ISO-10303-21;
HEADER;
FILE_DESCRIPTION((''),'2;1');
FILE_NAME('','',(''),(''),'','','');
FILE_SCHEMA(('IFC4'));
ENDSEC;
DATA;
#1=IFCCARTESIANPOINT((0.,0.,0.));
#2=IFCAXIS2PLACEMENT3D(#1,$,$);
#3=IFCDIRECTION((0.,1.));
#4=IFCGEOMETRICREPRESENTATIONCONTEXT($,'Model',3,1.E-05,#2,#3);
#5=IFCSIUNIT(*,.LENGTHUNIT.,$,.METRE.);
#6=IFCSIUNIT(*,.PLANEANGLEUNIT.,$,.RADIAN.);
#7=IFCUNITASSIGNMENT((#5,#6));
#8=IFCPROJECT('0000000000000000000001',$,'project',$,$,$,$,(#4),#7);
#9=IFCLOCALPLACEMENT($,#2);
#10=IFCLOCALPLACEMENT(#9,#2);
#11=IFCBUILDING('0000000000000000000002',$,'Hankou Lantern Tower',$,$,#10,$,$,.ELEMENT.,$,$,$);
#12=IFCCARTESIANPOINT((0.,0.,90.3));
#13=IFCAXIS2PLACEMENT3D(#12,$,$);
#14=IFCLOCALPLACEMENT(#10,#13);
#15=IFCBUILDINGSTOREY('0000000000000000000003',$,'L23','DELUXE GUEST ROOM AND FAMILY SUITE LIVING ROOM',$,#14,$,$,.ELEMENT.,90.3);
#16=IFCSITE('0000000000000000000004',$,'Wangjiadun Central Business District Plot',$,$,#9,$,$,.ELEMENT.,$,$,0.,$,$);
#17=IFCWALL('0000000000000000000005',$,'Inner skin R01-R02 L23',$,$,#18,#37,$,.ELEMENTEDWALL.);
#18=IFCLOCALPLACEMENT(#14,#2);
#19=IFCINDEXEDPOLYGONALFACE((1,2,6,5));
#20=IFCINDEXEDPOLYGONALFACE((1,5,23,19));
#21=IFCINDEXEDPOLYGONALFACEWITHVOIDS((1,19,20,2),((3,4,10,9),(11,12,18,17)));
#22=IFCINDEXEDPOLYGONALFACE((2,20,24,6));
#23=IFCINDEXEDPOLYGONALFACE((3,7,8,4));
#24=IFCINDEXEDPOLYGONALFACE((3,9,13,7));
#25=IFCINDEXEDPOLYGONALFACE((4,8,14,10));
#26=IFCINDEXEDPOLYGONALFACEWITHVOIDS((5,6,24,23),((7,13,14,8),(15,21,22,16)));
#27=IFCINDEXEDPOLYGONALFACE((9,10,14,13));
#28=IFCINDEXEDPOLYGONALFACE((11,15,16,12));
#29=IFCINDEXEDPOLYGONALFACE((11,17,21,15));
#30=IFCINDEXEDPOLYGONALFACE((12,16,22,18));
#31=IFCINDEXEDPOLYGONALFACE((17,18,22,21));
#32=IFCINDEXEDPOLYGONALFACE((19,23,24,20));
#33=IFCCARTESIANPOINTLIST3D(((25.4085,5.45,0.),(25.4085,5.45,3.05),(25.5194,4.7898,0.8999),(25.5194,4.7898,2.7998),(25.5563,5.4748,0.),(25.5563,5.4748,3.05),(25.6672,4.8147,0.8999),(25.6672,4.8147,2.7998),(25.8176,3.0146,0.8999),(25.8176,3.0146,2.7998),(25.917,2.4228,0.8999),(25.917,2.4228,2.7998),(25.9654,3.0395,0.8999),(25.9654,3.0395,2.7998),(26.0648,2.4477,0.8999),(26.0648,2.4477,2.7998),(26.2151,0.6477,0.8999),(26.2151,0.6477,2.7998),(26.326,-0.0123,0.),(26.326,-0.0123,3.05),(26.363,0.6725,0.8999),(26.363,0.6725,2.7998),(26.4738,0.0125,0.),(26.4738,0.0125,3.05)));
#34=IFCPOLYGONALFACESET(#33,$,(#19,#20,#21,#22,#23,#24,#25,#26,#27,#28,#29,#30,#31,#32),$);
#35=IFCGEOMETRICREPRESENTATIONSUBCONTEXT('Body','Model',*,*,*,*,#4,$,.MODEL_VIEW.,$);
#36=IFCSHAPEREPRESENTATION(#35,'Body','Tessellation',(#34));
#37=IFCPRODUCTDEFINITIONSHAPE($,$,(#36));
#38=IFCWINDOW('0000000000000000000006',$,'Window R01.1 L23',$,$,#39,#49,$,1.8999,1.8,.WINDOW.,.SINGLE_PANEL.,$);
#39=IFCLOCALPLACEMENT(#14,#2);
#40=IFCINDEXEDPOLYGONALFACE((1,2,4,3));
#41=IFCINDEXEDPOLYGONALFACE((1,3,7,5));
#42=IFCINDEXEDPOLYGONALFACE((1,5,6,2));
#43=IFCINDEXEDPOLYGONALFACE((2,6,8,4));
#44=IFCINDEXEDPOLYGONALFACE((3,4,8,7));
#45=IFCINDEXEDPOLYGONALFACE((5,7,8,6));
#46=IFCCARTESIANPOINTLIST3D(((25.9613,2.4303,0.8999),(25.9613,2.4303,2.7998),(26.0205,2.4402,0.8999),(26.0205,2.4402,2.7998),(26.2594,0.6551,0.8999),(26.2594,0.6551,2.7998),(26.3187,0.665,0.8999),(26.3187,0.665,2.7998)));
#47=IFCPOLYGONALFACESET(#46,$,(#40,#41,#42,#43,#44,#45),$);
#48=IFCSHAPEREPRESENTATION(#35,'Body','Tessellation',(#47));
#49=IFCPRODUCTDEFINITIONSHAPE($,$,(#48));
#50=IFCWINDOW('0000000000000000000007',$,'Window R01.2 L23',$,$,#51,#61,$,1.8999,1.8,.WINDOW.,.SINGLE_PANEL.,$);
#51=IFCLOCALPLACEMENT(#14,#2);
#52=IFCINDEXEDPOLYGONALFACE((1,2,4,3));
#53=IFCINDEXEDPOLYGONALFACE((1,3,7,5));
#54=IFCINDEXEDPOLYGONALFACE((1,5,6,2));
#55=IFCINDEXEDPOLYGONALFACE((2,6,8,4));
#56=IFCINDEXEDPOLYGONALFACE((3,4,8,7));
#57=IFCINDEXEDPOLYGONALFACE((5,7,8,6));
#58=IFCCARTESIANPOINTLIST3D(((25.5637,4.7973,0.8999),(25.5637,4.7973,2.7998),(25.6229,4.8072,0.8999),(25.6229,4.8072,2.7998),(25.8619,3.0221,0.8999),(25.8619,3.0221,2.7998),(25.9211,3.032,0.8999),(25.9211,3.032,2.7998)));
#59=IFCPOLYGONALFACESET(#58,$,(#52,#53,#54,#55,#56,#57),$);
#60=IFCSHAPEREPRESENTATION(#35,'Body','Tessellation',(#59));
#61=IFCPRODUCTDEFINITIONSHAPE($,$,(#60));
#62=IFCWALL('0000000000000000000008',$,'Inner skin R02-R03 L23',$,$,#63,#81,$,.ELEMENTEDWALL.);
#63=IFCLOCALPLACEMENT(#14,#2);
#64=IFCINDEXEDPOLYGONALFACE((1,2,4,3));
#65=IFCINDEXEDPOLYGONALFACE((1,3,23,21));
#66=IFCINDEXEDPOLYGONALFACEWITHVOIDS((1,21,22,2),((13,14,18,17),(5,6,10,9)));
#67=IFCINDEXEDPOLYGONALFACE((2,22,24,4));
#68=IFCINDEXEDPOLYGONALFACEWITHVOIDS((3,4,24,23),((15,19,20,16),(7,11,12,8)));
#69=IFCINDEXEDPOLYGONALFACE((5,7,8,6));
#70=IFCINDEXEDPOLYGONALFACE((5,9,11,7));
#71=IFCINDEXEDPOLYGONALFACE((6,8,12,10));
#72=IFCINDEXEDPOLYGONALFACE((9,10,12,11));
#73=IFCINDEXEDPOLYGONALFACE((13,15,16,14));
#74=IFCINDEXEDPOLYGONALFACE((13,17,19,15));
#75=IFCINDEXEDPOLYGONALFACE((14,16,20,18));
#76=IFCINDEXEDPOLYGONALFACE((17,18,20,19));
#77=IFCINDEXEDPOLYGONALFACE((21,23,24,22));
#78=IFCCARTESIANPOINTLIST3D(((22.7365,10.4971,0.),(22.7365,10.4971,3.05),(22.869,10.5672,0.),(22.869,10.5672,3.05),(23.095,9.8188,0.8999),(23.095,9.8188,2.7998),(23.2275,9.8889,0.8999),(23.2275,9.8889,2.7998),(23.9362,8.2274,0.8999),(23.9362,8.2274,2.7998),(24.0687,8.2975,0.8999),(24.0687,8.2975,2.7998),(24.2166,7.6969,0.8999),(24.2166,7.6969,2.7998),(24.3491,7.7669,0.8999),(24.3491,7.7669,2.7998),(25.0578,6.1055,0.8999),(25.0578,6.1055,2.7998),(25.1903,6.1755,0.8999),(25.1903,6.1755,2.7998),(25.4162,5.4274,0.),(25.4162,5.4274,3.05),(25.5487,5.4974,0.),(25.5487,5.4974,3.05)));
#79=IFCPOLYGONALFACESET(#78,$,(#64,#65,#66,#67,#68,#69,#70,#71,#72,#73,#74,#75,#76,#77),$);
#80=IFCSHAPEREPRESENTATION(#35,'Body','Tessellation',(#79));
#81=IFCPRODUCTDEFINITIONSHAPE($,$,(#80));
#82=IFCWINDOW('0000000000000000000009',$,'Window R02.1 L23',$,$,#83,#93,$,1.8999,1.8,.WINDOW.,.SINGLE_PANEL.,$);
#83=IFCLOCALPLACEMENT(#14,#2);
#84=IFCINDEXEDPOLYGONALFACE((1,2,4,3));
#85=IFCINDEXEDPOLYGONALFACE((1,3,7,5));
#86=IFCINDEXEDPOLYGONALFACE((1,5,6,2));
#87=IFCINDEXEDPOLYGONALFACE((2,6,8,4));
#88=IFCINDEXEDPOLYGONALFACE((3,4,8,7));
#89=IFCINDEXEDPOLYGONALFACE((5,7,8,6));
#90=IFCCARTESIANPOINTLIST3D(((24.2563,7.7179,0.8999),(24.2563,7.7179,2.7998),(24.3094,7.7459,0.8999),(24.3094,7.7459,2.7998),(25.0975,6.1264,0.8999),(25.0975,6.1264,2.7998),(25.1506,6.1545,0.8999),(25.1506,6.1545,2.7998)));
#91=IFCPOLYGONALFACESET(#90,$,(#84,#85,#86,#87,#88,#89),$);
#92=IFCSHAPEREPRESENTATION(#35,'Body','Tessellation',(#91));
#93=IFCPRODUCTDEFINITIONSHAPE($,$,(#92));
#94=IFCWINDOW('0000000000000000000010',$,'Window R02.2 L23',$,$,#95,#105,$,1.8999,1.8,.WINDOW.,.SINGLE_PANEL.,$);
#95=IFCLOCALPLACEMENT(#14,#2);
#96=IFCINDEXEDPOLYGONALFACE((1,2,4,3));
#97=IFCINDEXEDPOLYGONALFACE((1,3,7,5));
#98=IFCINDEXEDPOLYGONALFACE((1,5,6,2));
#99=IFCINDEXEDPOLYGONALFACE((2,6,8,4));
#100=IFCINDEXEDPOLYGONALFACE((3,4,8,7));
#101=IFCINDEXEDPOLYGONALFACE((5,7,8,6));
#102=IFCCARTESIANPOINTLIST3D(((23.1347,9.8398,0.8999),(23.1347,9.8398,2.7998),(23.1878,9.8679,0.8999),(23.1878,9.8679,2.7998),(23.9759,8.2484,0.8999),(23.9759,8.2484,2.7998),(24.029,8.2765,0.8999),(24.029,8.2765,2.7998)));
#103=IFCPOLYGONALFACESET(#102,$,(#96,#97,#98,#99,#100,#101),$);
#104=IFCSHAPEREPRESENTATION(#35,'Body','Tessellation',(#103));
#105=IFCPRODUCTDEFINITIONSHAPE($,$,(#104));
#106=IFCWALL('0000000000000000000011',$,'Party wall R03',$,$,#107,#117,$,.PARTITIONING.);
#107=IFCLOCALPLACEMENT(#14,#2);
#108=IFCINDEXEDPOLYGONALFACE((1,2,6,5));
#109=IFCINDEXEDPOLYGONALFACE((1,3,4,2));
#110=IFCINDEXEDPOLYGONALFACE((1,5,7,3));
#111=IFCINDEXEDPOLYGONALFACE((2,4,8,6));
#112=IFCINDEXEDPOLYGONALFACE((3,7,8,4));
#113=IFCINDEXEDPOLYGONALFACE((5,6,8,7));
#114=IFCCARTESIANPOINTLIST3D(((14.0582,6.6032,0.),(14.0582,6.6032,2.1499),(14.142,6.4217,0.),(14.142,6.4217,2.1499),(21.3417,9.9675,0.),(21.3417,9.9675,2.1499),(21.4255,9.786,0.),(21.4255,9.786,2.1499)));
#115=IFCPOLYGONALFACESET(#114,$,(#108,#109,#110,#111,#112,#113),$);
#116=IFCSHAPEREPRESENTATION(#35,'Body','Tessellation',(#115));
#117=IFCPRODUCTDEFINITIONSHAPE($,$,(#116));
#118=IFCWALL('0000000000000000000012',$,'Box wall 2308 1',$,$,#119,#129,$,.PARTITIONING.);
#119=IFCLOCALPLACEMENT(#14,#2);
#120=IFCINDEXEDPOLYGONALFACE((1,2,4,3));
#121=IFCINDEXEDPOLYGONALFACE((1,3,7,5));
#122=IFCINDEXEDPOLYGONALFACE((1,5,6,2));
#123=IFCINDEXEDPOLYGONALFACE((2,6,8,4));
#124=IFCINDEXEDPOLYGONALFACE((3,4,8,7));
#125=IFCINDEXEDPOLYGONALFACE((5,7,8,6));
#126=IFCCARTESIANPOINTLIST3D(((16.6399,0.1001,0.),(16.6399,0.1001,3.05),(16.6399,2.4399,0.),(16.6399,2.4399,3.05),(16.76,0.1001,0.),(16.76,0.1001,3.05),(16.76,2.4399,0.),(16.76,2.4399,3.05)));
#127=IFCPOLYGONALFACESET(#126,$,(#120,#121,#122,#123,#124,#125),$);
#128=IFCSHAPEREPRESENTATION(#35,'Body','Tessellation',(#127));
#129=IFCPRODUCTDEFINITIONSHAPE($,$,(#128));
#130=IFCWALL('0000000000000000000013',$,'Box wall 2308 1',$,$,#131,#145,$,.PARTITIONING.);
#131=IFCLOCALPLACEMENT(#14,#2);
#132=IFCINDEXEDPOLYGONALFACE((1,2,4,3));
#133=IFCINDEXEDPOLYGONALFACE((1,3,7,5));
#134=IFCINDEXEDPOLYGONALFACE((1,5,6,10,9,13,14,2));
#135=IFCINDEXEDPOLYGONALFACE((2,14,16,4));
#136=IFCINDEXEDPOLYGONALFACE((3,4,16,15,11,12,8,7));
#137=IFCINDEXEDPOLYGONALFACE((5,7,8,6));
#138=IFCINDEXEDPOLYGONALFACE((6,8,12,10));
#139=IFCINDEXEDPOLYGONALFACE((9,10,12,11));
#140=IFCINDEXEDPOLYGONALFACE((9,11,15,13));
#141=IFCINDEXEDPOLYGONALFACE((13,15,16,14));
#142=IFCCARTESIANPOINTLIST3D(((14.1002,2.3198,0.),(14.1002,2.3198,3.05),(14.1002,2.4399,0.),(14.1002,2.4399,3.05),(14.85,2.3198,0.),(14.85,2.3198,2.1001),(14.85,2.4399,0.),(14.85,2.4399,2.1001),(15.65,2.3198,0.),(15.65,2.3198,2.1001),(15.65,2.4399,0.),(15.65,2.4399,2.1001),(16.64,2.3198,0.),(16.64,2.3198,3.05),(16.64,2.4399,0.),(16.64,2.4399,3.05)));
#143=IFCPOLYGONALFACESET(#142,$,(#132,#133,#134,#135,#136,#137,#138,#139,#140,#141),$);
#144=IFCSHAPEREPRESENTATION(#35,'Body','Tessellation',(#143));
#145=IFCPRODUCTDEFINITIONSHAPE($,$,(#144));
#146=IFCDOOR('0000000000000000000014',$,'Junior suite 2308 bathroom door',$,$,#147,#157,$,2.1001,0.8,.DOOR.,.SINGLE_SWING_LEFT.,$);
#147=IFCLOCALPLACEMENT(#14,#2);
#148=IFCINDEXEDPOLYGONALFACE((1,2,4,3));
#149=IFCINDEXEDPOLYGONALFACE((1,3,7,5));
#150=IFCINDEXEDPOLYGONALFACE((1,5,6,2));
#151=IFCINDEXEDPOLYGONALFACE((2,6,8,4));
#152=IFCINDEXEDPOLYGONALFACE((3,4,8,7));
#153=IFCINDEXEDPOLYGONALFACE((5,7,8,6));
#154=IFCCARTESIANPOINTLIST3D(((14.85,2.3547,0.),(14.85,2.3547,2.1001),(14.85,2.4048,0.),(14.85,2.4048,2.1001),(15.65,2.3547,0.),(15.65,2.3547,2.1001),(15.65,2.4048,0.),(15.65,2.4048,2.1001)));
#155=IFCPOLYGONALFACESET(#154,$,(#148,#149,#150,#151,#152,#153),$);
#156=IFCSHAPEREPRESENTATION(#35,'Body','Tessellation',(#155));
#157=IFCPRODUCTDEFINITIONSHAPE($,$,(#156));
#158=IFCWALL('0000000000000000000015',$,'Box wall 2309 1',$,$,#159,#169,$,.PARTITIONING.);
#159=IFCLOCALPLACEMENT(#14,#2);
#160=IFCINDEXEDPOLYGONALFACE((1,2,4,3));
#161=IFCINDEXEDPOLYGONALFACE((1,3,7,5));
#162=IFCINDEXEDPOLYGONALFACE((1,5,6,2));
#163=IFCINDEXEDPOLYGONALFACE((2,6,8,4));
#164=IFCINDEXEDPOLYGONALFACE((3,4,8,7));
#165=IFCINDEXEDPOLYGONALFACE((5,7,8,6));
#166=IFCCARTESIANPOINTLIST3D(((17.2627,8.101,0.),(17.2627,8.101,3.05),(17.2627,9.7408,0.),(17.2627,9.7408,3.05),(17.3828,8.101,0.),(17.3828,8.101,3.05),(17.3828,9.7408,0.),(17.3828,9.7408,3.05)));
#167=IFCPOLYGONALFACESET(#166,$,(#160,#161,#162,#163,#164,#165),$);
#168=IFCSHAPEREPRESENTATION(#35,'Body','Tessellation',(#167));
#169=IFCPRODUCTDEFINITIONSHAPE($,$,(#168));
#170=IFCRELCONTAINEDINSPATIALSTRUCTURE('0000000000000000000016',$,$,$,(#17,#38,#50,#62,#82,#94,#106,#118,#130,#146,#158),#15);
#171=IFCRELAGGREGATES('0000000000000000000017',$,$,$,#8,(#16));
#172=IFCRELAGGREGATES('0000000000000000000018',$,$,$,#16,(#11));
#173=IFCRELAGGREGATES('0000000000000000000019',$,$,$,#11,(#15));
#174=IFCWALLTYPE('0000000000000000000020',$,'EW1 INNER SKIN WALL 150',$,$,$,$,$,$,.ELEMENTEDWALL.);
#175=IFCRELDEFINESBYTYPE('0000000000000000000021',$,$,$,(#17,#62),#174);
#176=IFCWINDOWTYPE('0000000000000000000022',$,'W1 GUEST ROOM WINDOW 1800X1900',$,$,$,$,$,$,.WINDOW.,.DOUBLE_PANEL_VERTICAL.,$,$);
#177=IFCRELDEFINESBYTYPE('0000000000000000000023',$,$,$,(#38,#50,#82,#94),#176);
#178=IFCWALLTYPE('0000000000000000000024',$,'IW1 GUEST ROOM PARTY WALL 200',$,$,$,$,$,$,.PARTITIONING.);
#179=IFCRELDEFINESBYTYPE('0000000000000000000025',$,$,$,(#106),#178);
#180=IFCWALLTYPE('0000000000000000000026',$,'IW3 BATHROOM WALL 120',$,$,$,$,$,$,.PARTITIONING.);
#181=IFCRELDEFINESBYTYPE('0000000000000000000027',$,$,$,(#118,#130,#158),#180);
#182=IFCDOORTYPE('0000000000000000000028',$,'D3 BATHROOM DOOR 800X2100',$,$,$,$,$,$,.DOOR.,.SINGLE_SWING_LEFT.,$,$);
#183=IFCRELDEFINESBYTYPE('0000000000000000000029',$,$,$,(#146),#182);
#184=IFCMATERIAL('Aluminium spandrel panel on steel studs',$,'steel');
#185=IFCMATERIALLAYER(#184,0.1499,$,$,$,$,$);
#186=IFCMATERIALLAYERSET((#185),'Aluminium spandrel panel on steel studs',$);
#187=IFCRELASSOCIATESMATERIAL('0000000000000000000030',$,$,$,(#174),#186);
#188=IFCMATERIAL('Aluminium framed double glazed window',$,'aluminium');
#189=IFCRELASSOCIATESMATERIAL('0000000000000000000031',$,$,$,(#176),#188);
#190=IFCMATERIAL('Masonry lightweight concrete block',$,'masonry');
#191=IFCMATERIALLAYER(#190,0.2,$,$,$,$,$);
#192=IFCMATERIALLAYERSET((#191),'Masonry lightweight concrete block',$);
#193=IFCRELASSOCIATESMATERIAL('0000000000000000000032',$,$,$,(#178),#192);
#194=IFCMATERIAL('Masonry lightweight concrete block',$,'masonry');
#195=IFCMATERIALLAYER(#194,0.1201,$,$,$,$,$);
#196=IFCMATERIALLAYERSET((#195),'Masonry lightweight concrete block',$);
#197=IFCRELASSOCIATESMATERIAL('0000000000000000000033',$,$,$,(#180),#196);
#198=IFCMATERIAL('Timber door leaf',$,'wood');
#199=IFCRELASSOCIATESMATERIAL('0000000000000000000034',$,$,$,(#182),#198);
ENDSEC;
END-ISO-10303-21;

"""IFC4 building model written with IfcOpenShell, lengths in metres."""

from ifc_helpers import new_model, si_unit, direction, frame, frame_2d, origin, place, context, subcontext, project, spatial, rectangle, extrude, material, layer, layer_set, type_object, element, fill, save


model = new_model("IFC4")

# Units and contexts
model_context = context("Model", 3, precision=1e-05, world=origin(), true_north=direction((0.0, 1.0)))
body_context = subcontext(model_context, "Body", "Model", "MODEL_VIEW")
ifc_project = project(units=[si_unit("LENGTHUNIT", "METRE"), si_unit("PLANEANGLEUNIT", "RADIAN")], contexts=[model_context])

# Site, building, storey
site_placement = place(None, origin())
site = spatial("IfcSite", under=ifc_project, at=site_placement, Name="Wangjiadun Central Business District Plot", CompositionType="ELEMENT", RefElevation=0.0)
building_placement = place(site_placement, origin())
building = spatial("IfcBuilding", under=site, at=building_placement, Name="Hankou Lantern Tower", CompositionType="ELEMENT")
storey_placement = place(building_placement, frame((0.0, 0.0, 90.3)))
storey = spatial("IfcBuildingStorey", under=building, at=storey_placement, Name="L23", Description="DELUXE GUEST ROOM AND FAMILY SUITE LIVING ROOM", CompositionType="ELEMENT", Elevation=90.3)

# Walls, openings, windows
ifc_material_1 = material(Name="Aluminium spandrel panel on steel studs", Category="steel")
ifc_layer_1 = layer(ifc_material_1, 0.1499)
ifc_layer_set_1 = layer_set([ifc_layer_1], Name="Aluminium spandrel panel on steel studs")
wall_type_1 = type_object("IfcWallType", Name="EW1 INNER SKIN WALL 150", PredefinedType="ELEMENTEDWALL", material=ifc_layer_set_1)
wall_1_placement = place(storey_placement, frame((26.3999, 0.0, 0.0), z_axis=(0.0, 0.0, 1.0), x_axis=(-0.165643, 0.986186, 0.0)))
wall_1 = element("IfcWall", 1, at=wall_1_placement, inside=storey, type_object=wall_type_1, Name="Inner skin R01-R02 L23", PredefinedType="ELEMENTEDWALL", context=body_context, shape_type="SweptSolid", body=[
    extrude(rectangle(XDim=5.5388, YDim=0.1499, at=frame_2d((2.7695, 0.0))), origin(), (0.0, 0.0, 1.0), 3.05),
])
opening_1_placement = place(wall_1_placement, frame((0.6694, 0.0, 0.8999)))
opening_1 = element("IfcOpeningElement", 2, at=opening_1_placement, cuts=wall_1, PredefinedType="OPENING", context=body_context, shape_type="SweptSolid", body=[
    extrude(rectangle(XDim=1.8, YDim=1.8999, at=frame_2d((0.8999, 0.95))), frame((0.0, 0.085, 0.0), z_axis=(0.0, -1.0, 0.0), x_axis=(1.0, 0.0, 0.0)), (0.0, 0.0, 1.0), 0.1699),
])
opening_2_placement = place(wall_1_placement, frame((3.0696, 0.0, 0.8999)))
opening_2 = element("IfcOpeningElement", 3, at=opening_2_placement, cuts=wall_1, PredefinedType="OPENING", context=body_context, shape_type="SweptSolid", body=[
    extrude(rectangle(XDim=1.8, YDim=1.8999, at=frame_2d((0.8999, 0.95))), frame((0.0, 0.085, 0.0), z_axis=(0.0, -1.0, 0.0), x_axis=(1.0, 0.0, 0.0)), (0.0, 0.0, 1.0), 0.1699),
])
ifc_material_2 = material(Name="Aluminium framed double glazed window", Category="aluminium")
window_type = type_object("IfcWindowType", Name="W1 GUEST ROOM WINDOW 1800X1900", PartitioningType="DOUBLE_PANEL_VERTICAL", PredefinedType="WINDOW", material=ifc_material_2)
window_1_placement = place(opening_1_placement, origin())
window_1 = element("IfcWindow", 4, at=window_1_placement, inside=storey, type_object=window_type, Name="Window R01.1 L23", OverallHeight=1.8999, OverallWidth=1.8, PartitioningType="SINGLE_PANEL", PredefinedType="WINDOW", context=body_context, shape_type="SweptSolid", body=[
    extrude(rectangle(XDim=1.8, YDim=1.8999, at=frame_2d((0.8999, 0.95))), frame((0.0, 0.03, 0.0), z_axis=(0.0, -1.0, 0.0), x_axis=(1.0, 0.0, 0.0)), (0.0, 0.0, 1.0), 0.0601),
])
fill(opening_1, window_1)
window_2_placement = place(opening_2_placement, origin())
window_2 = element("IfcWindow", 5, at=window_2_placement, inside=storey, type_object=window_type, Name="Window R01.2 L23", OverallHeight=1.8999, OverallWidth=1.8, PartitioningType="SINGLE_PANEL", PredefinedType="WINDOW", context=body_context, shape_type="SweptSolid", body=[
    extrude(rectangle(XDim=1.8, YDim=1.8999, at=frame_2d((0.8999, 0.95))), frame((0.0, 0.03, 0.0), z_axis=(0.0, -1.0, 0.0), x_axis=(1.0, 0.0, 0.0)), (0.0, 0.0, 1.0), 0.0601),
])
fill(opening_2, window_2)
wall_2_placement = place(storey_placement, frame((25.4824, 5.4624, 0.0), z_axis=(0.0, 0.0, 1.0), x_axis=(-0.467297, 0.8841, 0.0)))
wall_2 = element("IfcWall", 6, at=wall_2_placement, inside=storey, type_object=wall_type_1, Name="Inner skin R02-R03 L23", PredefinedType="ELEMENTEDWALL", context=body_context, shape_type="SweptSolid", body=[
    extrude(rectangle(XDim=5.7344, YDim=0.1499, at=frame_2d((2.8672, 0.0))), origin(), (0.0, 0.0, 1.0), 3.05),
])
opening_3_placement = place(wall_2_placement, frame((0.7671, 0.0, 0.8999)))
opening_3 = element("IfcOpeningElement", 7, at=opening_3_placement, cuts=wall_2, PredefinedType="OPENING", context=body_context, shape_type="SweptSolid", body=[
    extrude(rectangle(XDim=1.8, YDim=1.8999, at=frame_2d((0.8999, 0.95))), frame((0.0, 0.085, 0.0), z_axis=(0.0, -1.0, 0.0), x_axis=(1.0, 0.0, 0.0)), (0.0, 0.0, 1.0), 0.1699),
])
opening_4_placement = place(wall_2_placement, frame((3.1672, 0.0, 0.8999)))
opening_4 = element("IfcOpeningElement", 8, at=opening_4_placement, cuts=wall_2, PredefinedType="OPENING", context=body_context, shape_type="SweptSolid", body=[
    extrude(rectangle(XDim=1.8, YDim=1.8999, at=frame_2d((0.8999, 0.95))), frame((0.0, 0.085, 0.0), z_axis=(0.0, -1.0, 0.0), x_axis=(1.0, 0.0, 0.0)), (0.0, 0.0, 1.0), 0.1699),
])
window_3_placement = place(opening_3_placement, origin())
window_3 = element("IfcWindow", 9, at=window_3_placement, inside=storey, type_object=window_type, Name="Window R02.1 L23", OverallHeight=1.8999, OverallWidth=1.8, PartitioningType="SINGLE_PANEL", PredefinedType="WINDOW", context=body_context, shape_type="SweptSolid", body=[
    extrude(rectangle(XDim=1.8, YDim=1.8999, at=frame_2d((0.8999, 0.95))), frame((0.0, 0.03, 0.0), z_axis=(0.0, -1.0, 0.0), x_axis=(1.0, 0.0, 0.0)), (0.0, 0.0, 1.0), 0.0601),
])
fill(opening_3, window_3)
window_4_placement = place(opening_4_placement, origin())
window_4 = element("IfcWindow", 10, at=window_4_placement, inside=storey, type_object=window_type, Name="Window R02.2 L23", OverallHeight=1.8999, OverallWidth=1.8, PartitioningType="SINGLE_PANEL", PredefinedType="WINDOW", context=body_context, shape_type="SweptSolid", body=[
    extrude(rectangle(XDim=1.8, YDim=1.8999, at=frame_2d((0.8999, 0.95))), frame((0.0, 0.03, 0.0), z_axis=(0.0, -1.0, 0.0), x_axis=(1.0, 0.0, 0.0)), (0.0, 0.0, 1.0), 0.0601),
])
fill(opening_4, window_4)

# Walls
ifc_material_3 = material(Name="Masonry lightweight concrete block", Category="masonry")
ifc_layer_2 = layer(ifc_material_3, 0.2)
ifc_layer_set_2 = layer_set([ifc_layer_2], Name="Masonry lightweight concrete block")
wall_type_2 = type_object("IfcWallType", Name="IW1 GUEST ROOM PARTY WALL 200", PredefinedType="PARTITIONING", material=ifc_layer_set_2)
wall_3_placement = place(storey_placement, frame((14.1001, 6.5125, 0.0), z_axis=(0.0, 0.0, 1.0), x_axis=(0.907833, 0.419332, 0.0)))
element("IfcWall", 11, at=wall_3_placement, inside=storey, type_object=wall_type_2, Name="Party wall R03", PredefinedType="PARTITIONING", context=body_context, shape_type="SweptSolid", body=[
    extrude(rectangle(XDim=8.0229, YDim=0.2, at=frame_2d((4.0115, 0.0))), origin(), (0.0, 0.0, 1.0), 2.1499),
])
ifc_material_4 = material(Name="Masonry lightweight concrete block", Category="masonry")
ifc_layer_3 = layer(ifc_material_4, 0.1201)
ifc_layer_set_3 = layer_set([ifc_layer_3], Name="Masonry lightweight concrete block")
wall_type_3 = type_object("IfcWallType", Name="IW3 BATHROOM WALL 120", PredefinedType="PARTITIONING", material=ifc_layer_set_3)
wall_4_placement = place(storey_placement, frame((16.7, 0.1001, 0.0), z_axis=(0.0, 0.0, 1.0), x_axis=(0.0, 1.0, 0.0)))
element("IfcWall", 12, at=wall_4_placement, inside=storey, type_object=wall_type_3, Name="Box wall 2308 1", PredefinedType="PARTITIONING", context=body_context, shape_type="SweptSolid", body=[
    extrude(rectangle(XDim=2.3398, YDim=0.1201, at=frame_2d((1.1699, 0.0))), origin(), (0.0, 0.0, 1.0), 3.05),
])

# Wall, opening, door
wall_5_placement = place(storey_placement, frame((14.1001, 2.3799, 0.0), z_axis=(0.0, 0.0, 1.0), x_axis=(1.0, 0.0, 0.0)))
wall_5 = element("IfcWall", 13, at=wall_5_placement, inside=storey, type_object=wall_type_3, Name="Box wall 2308 1", PredefinedType="PARTITIONING", context=body_context, shape_type="SweptSolid", body=[
    extrude(rectangle(XDim=2.5398, YDim=0.1201, at=frame_2d((1.27, 0.0))), origin(), (0.0, 0.0, 1.0), 3.05),
])
opening_5_placement = place(wall_5_placement, frame((0.75, 0.0, 0.0)))
opening_5 = element("IfcOpeningElement", 14, at=opening_5_placement, cuts=wall_5, PredefinedType="OPENING", context=body_context, shape_type="SweptSolid", body=[
    extrude(rectangle(XDim=0.8, YDim=2.1001, at=frame_2d((0.3999, 1.05))), frame((0.0, 0.0701, 0.0), z_axis=(0.0, -1.0, 0.0), x_axis=(1.0, 0.0, 0.0)), (0.0, 0.0, 1.0), 0.1401),
])
ifc_material_5 = material(Name="Timber door leaf", Category="wood")
door_type = type_object("IfcDoorType", Name="D3 BATHROOM DOOR 800X2100", OperationType="SINGLE_SWING_LEFT", PredefinedType="DOOR", material=ifc_material_5)
door_1_placement = place(opening_5_placement, origin())
door_1 = element("IfcDoor", 15, at=door_1_placement, inside=storey, type_object=door_type, Name="Junior suite 2308 bathroom door", OperationType="SINGLE_SWING_LEFT", OverallHeight=2.1001, OverallWidth=0.8, PredefinedType="DOOR", context=body_context, shape_type="SweptSolid", body=[
    extrude(rectangle(XDim=0.8, YDim=2.1001, at=frame_2d((0.3999, 1.05))), frame((0.0, 0.0249, 0.0), z_axis=(0.0, -1.0, 0.0), x_axis=(1.0, 0.0, 0.0)), (0.0, 0.0, 1.0), 0.05),
])
fill(opening_5, door_1)

# Wall
wall_6_placement = place(storey_placement, frame((17.3228, 8.1011, 0.0), z_axis=(0.0, 0.0, 1.0), x_axis=(0.0, 1.0, 0.0)))
element("IfcWall", 16, at=wall_6_placement, inside=storey, type_object=wall_type_3, Name="Box wall 2309 1", PredefinedType="PARTITIONING", context=body_context, shape_type="SweptSolid", body=[
    extrude(rectangle(XDim=1.6399, YDim=0.1201, at=frame_2d((0.8198, 0.0))), origin(), (0.0, 0.0, 1.0), 3.05),
])

save(model, "model.ifc")
